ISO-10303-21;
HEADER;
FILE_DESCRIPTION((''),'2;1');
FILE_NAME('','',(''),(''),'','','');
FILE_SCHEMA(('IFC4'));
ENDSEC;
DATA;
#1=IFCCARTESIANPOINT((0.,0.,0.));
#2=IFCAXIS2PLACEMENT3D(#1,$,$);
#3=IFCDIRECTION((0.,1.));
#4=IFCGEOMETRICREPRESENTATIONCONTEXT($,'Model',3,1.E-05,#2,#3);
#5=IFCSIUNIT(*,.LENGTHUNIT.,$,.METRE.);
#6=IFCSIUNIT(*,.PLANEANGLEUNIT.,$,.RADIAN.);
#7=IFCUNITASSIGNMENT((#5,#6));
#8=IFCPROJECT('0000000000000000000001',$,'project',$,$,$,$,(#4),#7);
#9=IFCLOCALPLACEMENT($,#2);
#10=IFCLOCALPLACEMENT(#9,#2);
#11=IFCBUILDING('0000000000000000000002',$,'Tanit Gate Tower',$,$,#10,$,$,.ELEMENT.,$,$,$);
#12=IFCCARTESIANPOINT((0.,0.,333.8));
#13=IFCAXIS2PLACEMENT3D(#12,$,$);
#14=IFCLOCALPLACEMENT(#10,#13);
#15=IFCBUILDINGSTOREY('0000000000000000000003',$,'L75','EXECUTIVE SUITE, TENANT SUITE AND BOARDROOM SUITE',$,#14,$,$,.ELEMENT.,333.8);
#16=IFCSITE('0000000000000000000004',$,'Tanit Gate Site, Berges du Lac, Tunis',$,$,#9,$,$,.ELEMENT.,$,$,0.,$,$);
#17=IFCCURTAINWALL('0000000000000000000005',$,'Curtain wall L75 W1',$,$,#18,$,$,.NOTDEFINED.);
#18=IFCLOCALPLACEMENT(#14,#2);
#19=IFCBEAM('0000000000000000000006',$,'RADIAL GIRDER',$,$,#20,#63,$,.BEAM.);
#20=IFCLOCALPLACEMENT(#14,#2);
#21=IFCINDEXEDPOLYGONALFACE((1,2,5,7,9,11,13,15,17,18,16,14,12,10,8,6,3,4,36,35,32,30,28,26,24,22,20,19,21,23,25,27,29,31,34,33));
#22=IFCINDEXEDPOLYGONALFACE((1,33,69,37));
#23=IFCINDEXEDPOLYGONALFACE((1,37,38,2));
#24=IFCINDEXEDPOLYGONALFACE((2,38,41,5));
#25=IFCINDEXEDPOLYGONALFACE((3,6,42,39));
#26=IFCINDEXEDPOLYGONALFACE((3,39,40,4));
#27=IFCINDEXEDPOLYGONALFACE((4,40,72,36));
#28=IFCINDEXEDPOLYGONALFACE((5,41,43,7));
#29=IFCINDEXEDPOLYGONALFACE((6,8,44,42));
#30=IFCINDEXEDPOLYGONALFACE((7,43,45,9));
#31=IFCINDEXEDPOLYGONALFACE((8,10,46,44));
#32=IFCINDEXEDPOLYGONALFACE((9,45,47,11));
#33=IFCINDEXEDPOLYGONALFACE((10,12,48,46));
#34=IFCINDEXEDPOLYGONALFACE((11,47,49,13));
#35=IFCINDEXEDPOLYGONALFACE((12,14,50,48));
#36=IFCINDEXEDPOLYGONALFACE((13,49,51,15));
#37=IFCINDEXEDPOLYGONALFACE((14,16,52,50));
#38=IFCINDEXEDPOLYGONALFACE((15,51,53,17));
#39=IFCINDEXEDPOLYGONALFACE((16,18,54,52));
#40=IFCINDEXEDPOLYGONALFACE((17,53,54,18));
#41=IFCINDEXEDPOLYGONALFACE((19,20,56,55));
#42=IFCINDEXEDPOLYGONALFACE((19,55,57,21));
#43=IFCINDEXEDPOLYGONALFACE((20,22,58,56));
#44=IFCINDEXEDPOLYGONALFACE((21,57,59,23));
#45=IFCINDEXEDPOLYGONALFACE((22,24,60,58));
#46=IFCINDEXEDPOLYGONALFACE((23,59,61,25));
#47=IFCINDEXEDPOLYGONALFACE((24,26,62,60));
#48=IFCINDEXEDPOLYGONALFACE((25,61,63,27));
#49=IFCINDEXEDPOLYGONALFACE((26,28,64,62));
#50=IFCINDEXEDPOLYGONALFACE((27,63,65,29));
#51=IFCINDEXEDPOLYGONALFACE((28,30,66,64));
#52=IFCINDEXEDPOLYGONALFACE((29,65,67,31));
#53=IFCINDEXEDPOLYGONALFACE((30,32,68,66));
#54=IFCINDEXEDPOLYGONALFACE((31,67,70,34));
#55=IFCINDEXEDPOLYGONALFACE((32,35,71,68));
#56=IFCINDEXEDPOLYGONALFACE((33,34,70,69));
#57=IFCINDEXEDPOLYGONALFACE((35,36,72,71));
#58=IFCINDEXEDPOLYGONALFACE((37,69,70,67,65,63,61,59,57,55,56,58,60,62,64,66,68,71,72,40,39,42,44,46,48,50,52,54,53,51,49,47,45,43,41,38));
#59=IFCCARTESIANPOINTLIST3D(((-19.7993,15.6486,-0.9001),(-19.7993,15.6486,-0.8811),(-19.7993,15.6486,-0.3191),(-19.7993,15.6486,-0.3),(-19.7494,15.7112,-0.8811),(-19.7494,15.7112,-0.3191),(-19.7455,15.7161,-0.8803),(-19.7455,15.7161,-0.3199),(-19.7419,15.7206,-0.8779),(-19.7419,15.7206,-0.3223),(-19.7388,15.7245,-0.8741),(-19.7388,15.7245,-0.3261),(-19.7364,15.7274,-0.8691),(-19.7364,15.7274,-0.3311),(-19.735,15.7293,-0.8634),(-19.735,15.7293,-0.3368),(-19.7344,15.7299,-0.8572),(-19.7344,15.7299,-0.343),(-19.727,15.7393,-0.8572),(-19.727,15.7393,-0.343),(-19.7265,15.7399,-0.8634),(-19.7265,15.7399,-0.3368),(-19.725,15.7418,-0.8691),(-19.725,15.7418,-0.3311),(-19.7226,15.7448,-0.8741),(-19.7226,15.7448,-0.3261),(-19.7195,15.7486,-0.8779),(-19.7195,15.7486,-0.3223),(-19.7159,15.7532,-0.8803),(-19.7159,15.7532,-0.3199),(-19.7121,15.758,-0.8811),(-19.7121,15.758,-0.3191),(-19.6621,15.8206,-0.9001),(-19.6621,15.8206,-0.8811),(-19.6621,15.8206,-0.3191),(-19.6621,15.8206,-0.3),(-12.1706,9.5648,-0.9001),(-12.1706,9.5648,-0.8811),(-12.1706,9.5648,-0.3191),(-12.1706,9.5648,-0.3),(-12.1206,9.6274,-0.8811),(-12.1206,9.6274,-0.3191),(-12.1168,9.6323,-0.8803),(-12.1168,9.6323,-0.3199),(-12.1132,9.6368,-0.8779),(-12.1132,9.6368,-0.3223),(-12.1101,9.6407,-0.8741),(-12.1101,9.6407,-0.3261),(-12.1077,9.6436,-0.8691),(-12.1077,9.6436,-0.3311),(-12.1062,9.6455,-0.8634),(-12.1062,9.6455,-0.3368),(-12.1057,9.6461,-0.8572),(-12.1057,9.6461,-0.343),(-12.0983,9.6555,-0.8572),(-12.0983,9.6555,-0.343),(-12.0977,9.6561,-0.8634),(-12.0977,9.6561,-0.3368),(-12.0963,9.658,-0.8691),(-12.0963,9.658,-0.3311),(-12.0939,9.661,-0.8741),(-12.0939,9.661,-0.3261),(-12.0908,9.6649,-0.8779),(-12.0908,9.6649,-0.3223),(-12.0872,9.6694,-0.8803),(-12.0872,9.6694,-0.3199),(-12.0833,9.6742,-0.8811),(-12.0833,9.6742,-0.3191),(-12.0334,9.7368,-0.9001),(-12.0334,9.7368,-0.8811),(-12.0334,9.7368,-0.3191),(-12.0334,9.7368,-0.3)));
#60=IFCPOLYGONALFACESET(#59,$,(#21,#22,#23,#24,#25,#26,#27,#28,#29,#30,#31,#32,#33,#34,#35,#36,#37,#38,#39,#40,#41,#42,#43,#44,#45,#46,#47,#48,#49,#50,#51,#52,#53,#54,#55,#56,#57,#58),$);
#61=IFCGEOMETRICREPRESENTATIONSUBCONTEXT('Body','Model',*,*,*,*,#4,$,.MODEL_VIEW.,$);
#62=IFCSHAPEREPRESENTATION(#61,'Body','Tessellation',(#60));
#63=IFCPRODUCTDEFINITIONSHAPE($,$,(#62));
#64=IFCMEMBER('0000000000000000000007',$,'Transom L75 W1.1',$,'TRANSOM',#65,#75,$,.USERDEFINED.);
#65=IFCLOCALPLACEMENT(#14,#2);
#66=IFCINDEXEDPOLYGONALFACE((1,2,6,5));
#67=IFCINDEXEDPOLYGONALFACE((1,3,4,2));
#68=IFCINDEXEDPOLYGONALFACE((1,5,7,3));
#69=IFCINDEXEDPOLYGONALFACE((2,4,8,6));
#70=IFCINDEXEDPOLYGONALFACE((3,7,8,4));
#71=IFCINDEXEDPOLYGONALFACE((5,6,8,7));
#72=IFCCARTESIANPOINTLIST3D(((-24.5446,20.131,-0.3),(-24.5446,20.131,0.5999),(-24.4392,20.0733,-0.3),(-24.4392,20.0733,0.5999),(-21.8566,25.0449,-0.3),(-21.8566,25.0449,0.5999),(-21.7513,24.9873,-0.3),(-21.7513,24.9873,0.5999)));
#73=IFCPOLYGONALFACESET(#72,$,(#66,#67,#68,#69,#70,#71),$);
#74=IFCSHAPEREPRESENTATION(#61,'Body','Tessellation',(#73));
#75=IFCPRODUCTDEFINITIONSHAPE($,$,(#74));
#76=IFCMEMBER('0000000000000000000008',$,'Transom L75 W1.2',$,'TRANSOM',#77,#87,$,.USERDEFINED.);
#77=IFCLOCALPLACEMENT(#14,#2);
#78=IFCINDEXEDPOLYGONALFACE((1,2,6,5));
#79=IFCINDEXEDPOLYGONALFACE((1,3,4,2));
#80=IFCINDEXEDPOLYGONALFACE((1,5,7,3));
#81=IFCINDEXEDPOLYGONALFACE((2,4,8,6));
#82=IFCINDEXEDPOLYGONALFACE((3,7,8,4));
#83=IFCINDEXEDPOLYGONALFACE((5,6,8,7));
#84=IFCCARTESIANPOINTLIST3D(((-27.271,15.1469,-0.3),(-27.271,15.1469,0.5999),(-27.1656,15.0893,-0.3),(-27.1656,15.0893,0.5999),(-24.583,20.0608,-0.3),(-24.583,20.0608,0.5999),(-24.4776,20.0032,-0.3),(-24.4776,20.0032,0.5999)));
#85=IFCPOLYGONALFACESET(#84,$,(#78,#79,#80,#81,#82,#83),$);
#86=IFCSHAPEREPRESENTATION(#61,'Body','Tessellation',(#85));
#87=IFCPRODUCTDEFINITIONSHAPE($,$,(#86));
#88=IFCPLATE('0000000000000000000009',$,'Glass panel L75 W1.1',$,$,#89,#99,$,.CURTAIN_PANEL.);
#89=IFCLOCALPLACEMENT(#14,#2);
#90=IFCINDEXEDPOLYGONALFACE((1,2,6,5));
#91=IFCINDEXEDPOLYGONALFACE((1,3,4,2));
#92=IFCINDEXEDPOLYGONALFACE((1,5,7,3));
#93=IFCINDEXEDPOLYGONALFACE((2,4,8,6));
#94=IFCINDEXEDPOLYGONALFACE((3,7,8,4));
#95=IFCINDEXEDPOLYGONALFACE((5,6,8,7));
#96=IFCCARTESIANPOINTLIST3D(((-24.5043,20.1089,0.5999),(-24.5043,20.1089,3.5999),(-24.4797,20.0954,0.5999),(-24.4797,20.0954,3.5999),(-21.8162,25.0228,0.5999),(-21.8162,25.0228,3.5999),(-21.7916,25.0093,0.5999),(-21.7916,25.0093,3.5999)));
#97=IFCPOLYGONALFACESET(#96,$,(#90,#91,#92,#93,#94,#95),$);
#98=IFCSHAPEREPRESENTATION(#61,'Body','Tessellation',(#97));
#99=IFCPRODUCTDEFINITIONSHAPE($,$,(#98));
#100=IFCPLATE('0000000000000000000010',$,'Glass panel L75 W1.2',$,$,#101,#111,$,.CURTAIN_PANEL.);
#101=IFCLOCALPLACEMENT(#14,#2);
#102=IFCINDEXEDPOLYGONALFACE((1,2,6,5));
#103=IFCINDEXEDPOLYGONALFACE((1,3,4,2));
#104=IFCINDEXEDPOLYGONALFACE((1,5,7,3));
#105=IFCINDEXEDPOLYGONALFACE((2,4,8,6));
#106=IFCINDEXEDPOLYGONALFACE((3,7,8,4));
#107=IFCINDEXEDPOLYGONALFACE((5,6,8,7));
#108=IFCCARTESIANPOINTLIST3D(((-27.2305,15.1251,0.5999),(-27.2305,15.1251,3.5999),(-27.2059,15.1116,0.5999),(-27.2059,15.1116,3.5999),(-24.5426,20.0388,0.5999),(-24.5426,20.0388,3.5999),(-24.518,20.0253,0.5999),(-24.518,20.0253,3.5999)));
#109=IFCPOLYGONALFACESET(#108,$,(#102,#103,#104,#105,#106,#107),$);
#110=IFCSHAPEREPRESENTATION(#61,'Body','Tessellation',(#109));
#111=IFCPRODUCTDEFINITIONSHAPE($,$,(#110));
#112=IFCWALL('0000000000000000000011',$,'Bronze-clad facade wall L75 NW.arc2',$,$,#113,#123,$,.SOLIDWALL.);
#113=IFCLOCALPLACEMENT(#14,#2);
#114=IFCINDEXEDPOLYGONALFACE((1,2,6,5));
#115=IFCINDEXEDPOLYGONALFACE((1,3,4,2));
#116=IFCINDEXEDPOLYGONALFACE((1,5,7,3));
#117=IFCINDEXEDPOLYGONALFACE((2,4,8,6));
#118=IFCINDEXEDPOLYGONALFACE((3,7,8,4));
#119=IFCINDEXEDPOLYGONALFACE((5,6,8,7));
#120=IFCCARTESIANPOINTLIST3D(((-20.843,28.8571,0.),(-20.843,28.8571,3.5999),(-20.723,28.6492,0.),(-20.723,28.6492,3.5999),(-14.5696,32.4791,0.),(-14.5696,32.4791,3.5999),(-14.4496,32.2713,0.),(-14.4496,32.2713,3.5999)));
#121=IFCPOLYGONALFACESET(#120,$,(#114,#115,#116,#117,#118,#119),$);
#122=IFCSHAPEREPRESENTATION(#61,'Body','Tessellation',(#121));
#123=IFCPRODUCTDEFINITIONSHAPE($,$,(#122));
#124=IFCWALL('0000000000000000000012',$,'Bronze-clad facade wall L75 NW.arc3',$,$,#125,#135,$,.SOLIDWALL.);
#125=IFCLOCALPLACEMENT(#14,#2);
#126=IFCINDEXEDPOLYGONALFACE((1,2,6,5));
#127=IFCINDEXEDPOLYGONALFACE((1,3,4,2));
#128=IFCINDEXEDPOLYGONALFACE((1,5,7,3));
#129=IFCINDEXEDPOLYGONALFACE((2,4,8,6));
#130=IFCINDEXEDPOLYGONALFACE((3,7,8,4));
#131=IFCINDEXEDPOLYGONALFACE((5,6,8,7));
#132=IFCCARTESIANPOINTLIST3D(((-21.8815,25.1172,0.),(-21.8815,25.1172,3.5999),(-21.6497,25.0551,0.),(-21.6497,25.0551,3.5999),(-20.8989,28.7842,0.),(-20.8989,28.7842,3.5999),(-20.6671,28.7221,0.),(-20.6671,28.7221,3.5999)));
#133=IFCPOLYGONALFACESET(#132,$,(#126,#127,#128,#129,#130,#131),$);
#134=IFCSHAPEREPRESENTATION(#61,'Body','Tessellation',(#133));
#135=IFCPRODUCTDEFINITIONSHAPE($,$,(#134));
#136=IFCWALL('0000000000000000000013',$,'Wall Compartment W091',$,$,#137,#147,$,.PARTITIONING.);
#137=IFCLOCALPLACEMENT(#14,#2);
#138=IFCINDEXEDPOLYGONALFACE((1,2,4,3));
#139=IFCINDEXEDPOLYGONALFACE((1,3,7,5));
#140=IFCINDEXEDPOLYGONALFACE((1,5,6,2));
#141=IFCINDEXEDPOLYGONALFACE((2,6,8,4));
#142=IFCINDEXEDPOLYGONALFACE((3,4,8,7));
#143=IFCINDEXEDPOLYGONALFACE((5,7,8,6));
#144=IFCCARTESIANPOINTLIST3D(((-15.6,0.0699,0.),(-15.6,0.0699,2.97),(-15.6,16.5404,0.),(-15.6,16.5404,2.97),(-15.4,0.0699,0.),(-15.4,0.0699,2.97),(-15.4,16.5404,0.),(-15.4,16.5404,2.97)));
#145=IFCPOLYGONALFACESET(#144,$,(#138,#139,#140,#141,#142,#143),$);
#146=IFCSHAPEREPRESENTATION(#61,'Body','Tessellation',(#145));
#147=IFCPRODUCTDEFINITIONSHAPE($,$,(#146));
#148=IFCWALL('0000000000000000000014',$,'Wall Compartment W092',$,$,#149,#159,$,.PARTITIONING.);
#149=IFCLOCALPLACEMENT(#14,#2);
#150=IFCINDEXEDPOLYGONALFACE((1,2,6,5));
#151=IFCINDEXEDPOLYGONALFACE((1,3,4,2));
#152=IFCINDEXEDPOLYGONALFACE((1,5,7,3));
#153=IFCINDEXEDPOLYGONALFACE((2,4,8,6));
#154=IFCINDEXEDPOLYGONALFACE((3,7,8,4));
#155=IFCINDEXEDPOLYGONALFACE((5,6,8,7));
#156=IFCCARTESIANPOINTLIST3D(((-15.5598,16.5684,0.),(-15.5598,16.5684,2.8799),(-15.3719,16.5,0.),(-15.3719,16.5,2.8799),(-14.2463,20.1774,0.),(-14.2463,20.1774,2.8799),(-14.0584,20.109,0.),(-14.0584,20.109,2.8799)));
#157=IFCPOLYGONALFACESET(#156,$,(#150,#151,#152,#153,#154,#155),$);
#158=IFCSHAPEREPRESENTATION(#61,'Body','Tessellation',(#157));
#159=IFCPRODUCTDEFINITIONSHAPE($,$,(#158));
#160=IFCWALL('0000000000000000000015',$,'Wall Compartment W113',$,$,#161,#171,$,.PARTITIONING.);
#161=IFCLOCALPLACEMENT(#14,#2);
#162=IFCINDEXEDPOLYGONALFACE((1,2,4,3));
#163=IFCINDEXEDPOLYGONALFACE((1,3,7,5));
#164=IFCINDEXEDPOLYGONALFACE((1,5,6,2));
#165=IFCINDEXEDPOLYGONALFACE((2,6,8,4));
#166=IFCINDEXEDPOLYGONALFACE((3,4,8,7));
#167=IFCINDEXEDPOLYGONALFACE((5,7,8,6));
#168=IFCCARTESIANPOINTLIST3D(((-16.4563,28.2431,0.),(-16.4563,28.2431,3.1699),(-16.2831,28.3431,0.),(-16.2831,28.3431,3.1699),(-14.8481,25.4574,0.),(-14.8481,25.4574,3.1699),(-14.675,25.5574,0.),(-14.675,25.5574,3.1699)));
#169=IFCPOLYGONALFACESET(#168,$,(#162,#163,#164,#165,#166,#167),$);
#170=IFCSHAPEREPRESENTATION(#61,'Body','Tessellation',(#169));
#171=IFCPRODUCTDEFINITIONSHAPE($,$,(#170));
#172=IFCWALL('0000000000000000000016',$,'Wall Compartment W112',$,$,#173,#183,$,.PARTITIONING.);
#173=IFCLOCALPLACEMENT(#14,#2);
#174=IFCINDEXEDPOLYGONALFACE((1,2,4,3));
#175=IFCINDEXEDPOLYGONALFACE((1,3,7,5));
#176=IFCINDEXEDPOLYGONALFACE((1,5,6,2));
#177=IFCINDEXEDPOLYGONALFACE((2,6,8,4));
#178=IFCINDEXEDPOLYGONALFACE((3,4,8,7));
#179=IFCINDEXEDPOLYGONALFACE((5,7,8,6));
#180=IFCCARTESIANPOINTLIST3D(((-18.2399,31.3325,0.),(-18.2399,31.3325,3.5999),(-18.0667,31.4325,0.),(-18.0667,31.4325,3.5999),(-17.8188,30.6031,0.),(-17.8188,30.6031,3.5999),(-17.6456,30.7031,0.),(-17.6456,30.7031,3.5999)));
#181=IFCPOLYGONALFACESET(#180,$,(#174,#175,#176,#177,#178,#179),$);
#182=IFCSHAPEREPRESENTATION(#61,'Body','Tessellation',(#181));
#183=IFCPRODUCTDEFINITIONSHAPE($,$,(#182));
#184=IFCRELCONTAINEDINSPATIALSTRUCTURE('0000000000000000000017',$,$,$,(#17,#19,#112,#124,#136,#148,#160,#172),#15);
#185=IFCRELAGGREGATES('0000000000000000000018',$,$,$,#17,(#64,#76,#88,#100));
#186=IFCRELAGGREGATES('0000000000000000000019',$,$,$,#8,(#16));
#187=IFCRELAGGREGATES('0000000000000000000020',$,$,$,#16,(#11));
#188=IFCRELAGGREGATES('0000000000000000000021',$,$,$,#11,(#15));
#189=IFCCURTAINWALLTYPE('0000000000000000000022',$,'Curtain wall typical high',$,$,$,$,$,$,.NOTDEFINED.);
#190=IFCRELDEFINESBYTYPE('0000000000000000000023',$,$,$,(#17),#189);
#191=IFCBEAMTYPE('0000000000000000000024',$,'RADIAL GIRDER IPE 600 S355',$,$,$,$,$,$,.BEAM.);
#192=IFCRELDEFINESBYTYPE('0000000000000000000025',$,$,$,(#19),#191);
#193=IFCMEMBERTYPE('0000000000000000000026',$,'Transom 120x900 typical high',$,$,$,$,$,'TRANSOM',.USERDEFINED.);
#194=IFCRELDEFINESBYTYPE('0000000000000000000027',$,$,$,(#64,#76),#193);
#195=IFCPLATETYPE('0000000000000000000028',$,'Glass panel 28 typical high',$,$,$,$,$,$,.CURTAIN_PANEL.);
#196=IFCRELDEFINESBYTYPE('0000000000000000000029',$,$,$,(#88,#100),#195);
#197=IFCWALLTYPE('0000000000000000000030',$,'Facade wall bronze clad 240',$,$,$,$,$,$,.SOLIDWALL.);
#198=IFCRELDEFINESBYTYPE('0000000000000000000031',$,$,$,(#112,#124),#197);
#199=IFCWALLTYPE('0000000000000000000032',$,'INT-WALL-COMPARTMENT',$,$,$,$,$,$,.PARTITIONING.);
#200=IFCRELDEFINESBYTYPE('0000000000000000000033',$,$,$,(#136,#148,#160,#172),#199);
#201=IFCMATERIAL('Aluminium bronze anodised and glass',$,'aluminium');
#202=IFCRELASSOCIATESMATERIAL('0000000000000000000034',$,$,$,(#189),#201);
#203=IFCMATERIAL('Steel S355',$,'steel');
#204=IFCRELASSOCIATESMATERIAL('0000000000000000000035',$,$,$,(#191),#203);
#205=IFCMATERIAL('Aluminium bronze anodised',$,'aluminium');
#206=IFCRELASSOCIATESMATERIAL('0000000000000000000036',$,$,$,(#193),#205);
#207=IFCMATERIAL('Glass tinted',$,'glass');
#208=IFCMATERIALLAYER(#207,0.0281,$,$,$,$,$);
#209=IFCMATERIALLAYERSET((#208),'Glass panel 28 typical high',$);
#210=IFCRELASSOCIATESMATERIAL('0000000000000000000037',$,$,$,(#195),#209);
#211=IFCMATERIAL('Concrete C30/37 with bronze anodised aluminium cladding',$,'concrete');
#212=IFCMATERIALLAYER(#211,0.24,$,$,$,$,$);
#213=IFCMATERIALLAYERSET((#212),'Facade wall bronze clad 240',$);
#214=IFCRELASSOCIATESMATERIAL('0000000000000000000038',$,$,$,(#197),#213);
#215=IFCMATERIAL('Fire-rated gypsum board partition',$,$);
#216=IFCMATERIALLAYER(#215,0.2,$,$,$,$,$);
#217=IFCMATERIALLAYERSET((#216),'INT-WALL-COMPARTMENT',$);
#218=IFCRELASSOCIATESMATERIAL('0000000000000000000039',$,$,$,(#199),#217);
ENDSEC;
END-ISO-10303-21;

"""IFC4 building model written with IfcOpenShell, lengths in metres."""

from ifc_helpers import new_model, si_unit, direction, frame, frame_2d, origin, origin_2d, place, context, subcontext, project, spatial, rectangle, i_section, extrude, material, layer, layer_set, material_profile, profile_set, type_object, element, aggregate, save


model = new_model("IFC4")

# Units and contexts
model_context = context("Model", 3, precision=1e-05, world=origin(), true_north=direction((0.0, 1.0)))
body_context = subcontext(model_context, "Body", "Model", "MODEL_VIEW")
ifc_project = project(units=[si_unit("LENGTHUNIT", "METRE"), si_unit("PLANEANGLEUNIT", "RADIAN")], contexts=[model_context])

# Site, building, storey
site_placement = place(None, origin())
site = spatial("IfcSite", under=ifc_project, at=site_placement, Name="Tanit Gate Site, Berges du Lac, Tunis", CompositionType="ELEMENT", RefElevation=0.0)
building_placement = place(site_placement, origin())
building = spatial("IfcBuilding", under=site, at=building_placement, Name="Tanit Gate Tower", CompositionType="ELEMENT")
storey_placement = place(building_placement, frame((0.0, 0.0, 333.8)))
storey = spatial("IfcBuildingStorey", under=building, at=storey_placement, Name="L75", Description="EXECUTIVE SUITE, TENANT SUITE AND BOARDROOM SUITE", CompositionType="ELEMENT", Elevation=333.8)

# Curtain wall
ifc_material_1 = material(Name="Aluminium bronze anodised and glass", Category="aluminium")
curtain_wall_type = type_object("IfcCurtainWallType", Name="Curtain wall typical high", PredefinedType="NOTDEFINED", material=ifc_material_1)
curtain_wall_placement = place(storey_placement, origin())
curtain_wall = element("IfcCurtainWall", 1, at=curtain_wall_placement, inside=storey, type_object=curtain_wall_type, Name="Curtain wall L75 W1", PredefinedType="NOTDEFINED")

# Beam
ifc_material_2 = material(Name="Steel S355", Category="steel")
ifc_material_profile_1 = material_profile(ifc_material_2, i_section(OverallWidth=0.22, OverallDepth=0.6001, WebThickness=0.012, FlangeThickness=0.019, FilletRadius=0.0239, at=origin_2d()), Name="IPE 600")
ifc_profile_set_1 = profile_set([ifc_material_profile_1], Name="Steel S355")
beam_type_1 = type_object("IfcBeamType", Name="RADIAL GIRDER IPE 600 S355", PredefinedType="BEAM", material=ifc_profile_set_1)
beam_1_placement = place(storey_placement, frame((-19.7307, 15.7346, -0.6001), z_axis=(0.781827, -0.623495, 0.0), x_axis=(0.623495, 0.781827, 0.0)))
element("IfcBeam", 2, at=beam_1_placement, inside=storey, type_object=beam_type_1, Name="RADIAL GIRDER", PredefinedType="BEAM", context=body_context, shape_type="SweptSolid", body=[
    extrude(i_section(OverallWidth=0.22, OverallDepth=0.6001, WebThickness=0.012, FlangeThickness=0.019, FilletRadius=0.0239, at=origin_2d()), origin(), (0.0, 0.0, 1.0), 9.7576),
])

# Members
ifc_material_3 = material(Name="Aluminium bronze anodised", Category="aluminium")
ifc_material_profile_2 = material_profile(ifc_material_3, rectangle(XDim=0.1201, YDim=0.8999, at=origin_2d()), Name="120x900 bronze transom")
ifc_profile_set_2 = profile_set([ifc_material_profile_2], Name="Aluminium bronze anodised")
member_type_1 = type_object("IfcMemberType", Name="Transom 120x900 typical high", ElementType="TRANSOM", PredefinedType="USERDEFINED", material=ifc_profile_set_2)
member_1_placement = place(storey_placement, frame((-21.804, 25.0161, 0.1499), z_axis=(-0.479896, -0.877325, 0.0), x_axis=(0.877325, -0.479896, 0.0)))
member_1 = element("IfcMember", 3, at=member_1_placement, type_object=member_type_1, Name="Transom L75 W1.1", ObjectType="TRANSOM", PredefinedType="USERDEFINED", context=body_context, shape_type="SweptSolid", body=[
    extrude(rectangle(XDim=0.1201, YDim=0.8999, at=origin_2d()), origin(), (0.0, 0.0, 1.0), 5.6011),
])
member_2_placement = place(storey_placement, frame((-24.5303, 20.032, 0.1499), z_axis=(-0.479915, -0.877315, 0.0), x_axis=(0.877315, -0.479915, 0.0)))
member_2 = element("IfcMember", 4, at=member_2_placement, type_object=member_type_1, Name="Transom L75 W1.2", ObjectType="TRANSOM", PredefinedType="USERDEFINED", context=body_context, shape_type="SweptSolid", body=[
    extrude(rectangle(XDim=0.1201, YDim=0.8999, at=origin_2d()), origin(), (0.0, 0.0, 1.0), 5.6011),
])

# Plates
ifc_material_4 = material(Name="Glass tinted", Category="glass")
ifc_layer_1 = layer(ifc_material_4, 0.0281)
ifc_layer_set_1 = layer_set([ifc_layer_1], Name="Glass panel 28 typical high")
plate_type = type_object("IfcPlateType", Name="Glass panel 28 typical high", PredefinedType="CURTAIN_PANEL", material=ifc_layer_set_1)
plate_1_placement = place(storey_placement, frame((-23.1479, 22.5591, 0.5999), z_axis=(0.0, 0.0, 1.0), x_axis=(-0.479914, -0.877315, 0.0)))
plate_1 = element("IfcPlate", 5, at=plate_1_placement, type_object=plate_type, Name="Glass panel L75 W1.1", PredefinedType="CURTAIN_PANEL", context=body_context, shape_type="SweptSolid", body=[
    extrude(rectangle(XDim=5.6011, YDim=0.0281, at=origin_2d()), origin(), (0.0, 0.0, 1.0), 3.0),
])
plate_2_placement = place(storey_placement, frame((-25.8743, 17.5752, 0.5999), z_axis=(0.0, 0.0, 1.0), x_axis=(-0.479914, -0.877315, 0.0)))
plate_2 = element("IfcPlate", 6, at=plate_2_placement, type_object=plate_type, Name="Glass panel L75 W1.2", PredefinedType="CURTAIN_PANEL", context=body_context, shape_type="SweptSolid", body=[
    extrude(rectangle(XDim=5.6008, YDim=0.0281, at=origin_2d()), origin(), (0.0, 0.0, 1.0), 3.0),
])
aggregate(curtain_wall, [member_1, member_2, plate_1, plate_2])

# Walls
ifc_material_5 = material(Name="Concrete C30/37 with bronze anodised aluminium cladding", Category="concrete")
ifc_layer_2 = layer(ifc_material_5, 0.24)
ifc_layer_set_2 = layer_set([ifc_layer_2], Name="Facade wall bronze clad 240")
wall_type_1 = type_object("IfcWallType", Name="Facade wall bronze clad 240", PredefinedType="SOLIDWALL", material=ifc_layer_set_2)
wall_1_placement = place(storey_placement, frame((-14.5095, 32.3752, 0.0), z_axis=(0.0, 0.0, 1.0), x_axis=(-0.866019, -0.50001, 0.0)))
element("IfcWall", 7, at=wall_1_placement, inside=storey, type_object=wall_type_1, Name="Bronze-clad facade wall L75 NW.arc2", PredefinedType="SOLIDWALL", context=body_context, shape_type="SweptSolid", body=[
    extrude(rectangle(XDim=7.2439, YDim=0.24, at=frame_2d((3.6221, 0.0))), origin(), (0.0, 0.0, 1.0), 3.5999),
])
wall_2_placement = place(storey_placement, frame((-20.783, 28.7532, 0.0), z_axis=(0.0, 0.0, 1.0), x_axis=(-0.258843, -0.965919, 0.0)))
element("IfcWall", 8, at=wall_2_placement, inside=storey, type_object=wall_type_1, Name="Bronze-clad facade wall L75 NW.arc3", PredefinedType="SOLIDWALL", context=body_context, shape_type="SweptSolid", body=[
    extrude(rectangle(XDim=3.7964, YDim=0.24, at=frame_2d((1.8982, 0.0))), origin(), (0.0, 0.0, 1.0), 3.5999),
])
ifc_material_6 = material(Name="Fire-rated gypsum board partition")
ifc_layer_3 = layer(ifc_material_6, 0.2)
ifc_layer_set_3 = layer_set([ifc_layer_3], Name="INT-WALL-COMPARTMENT")
wall_type_2 = type_object("IfcWallType", Name="INT-WALL-COMPARTMENT", PredefinedType="PARTITIONING", material=ifc_layer_set_3)
wall_3_placement = place(storey_placement, frame((-15.5, 16.5405, 0.0), z_axis=(0.0, 0.0, 1.0), x_axis=(0.0, -1.0, 0.0)))
element("IfcWall", 9, at=wall_3_placement, inside=storey, type_object=wall_type_2, Name="Wall Compartment W091", PredefinedType="PARTITIONING", context=body_context, shape_type="SweptSolid", body=[
    extrude(rectangle(XDim=16.4705, YDim=0.2, at=frame_2d((8.2354, 0.0))), origin(), (0.0, 0.0, 1.0), 2.97),
])
wall_4_placement = place(storey_placement, frame((-14.1523, 20.1433, 0.0), z_axis=(0.0, 0.0, 1.0), x_axis=(-0.342008, -0.939697, 0.0)))
element("IfcWall", 10, at=wall_4_placement, inside=storey, type_object=wall_type_2, Name="Wall Compartment W092", PredefinedType="PARTITIONING", context=body_context, shape_type="SweptSolid", body=[
    extrude(rectangle(XDim=3.8406, YDim=0.2, at=frame_2d((1.9204, 0.0))), origin(), (0.0, 0.0, 1.0), 2.8799),
])
wall_5_placement = place(storey_placement, frame((-14.7615, 25.5073, 0.0), z_axis=(0.0, 0.0, 1.0), x_axis=(-0.499968, 0.866044, 0.0)))
element("IfcWall", 11, at=wall_5_placement, inside=storey, type_object=wall_type_2, Name="Wall Compartment W113", PredefinedType="PARTITIONING", context=body_context, shape_type="SweptSolid", body=[
    extrude(rectangle(XDim=3.2166, YDim=0.2, at=frame_2d((1.6084, 0.0))), origin(), (0.0, 0.0, 1.0), 3.1699),
])
wall_6_placement = place(storey_placement, frame((-17.7322, 30.6531, 0.0), z_axis=(0.0, 0.0, 1.0), x_axis=(-0.499973, 0.866041, 0.0)))
element("IfcWall", 12, at=wall_6_placement, inside=storey, type_object=wall_type_2, Name="Wall Compartment W112", PredefinedType="PARTITIONING", context=body_context, shape_type="SweptSolid", body=[
    extrude(rectangle(XDim=0.8423, YDim=0.2, at=frame_2d((0.4211, 0.0))), origin(), (0.0, 0.0, 1.0), 3.5999),
])

save(model, "model.ifc")
